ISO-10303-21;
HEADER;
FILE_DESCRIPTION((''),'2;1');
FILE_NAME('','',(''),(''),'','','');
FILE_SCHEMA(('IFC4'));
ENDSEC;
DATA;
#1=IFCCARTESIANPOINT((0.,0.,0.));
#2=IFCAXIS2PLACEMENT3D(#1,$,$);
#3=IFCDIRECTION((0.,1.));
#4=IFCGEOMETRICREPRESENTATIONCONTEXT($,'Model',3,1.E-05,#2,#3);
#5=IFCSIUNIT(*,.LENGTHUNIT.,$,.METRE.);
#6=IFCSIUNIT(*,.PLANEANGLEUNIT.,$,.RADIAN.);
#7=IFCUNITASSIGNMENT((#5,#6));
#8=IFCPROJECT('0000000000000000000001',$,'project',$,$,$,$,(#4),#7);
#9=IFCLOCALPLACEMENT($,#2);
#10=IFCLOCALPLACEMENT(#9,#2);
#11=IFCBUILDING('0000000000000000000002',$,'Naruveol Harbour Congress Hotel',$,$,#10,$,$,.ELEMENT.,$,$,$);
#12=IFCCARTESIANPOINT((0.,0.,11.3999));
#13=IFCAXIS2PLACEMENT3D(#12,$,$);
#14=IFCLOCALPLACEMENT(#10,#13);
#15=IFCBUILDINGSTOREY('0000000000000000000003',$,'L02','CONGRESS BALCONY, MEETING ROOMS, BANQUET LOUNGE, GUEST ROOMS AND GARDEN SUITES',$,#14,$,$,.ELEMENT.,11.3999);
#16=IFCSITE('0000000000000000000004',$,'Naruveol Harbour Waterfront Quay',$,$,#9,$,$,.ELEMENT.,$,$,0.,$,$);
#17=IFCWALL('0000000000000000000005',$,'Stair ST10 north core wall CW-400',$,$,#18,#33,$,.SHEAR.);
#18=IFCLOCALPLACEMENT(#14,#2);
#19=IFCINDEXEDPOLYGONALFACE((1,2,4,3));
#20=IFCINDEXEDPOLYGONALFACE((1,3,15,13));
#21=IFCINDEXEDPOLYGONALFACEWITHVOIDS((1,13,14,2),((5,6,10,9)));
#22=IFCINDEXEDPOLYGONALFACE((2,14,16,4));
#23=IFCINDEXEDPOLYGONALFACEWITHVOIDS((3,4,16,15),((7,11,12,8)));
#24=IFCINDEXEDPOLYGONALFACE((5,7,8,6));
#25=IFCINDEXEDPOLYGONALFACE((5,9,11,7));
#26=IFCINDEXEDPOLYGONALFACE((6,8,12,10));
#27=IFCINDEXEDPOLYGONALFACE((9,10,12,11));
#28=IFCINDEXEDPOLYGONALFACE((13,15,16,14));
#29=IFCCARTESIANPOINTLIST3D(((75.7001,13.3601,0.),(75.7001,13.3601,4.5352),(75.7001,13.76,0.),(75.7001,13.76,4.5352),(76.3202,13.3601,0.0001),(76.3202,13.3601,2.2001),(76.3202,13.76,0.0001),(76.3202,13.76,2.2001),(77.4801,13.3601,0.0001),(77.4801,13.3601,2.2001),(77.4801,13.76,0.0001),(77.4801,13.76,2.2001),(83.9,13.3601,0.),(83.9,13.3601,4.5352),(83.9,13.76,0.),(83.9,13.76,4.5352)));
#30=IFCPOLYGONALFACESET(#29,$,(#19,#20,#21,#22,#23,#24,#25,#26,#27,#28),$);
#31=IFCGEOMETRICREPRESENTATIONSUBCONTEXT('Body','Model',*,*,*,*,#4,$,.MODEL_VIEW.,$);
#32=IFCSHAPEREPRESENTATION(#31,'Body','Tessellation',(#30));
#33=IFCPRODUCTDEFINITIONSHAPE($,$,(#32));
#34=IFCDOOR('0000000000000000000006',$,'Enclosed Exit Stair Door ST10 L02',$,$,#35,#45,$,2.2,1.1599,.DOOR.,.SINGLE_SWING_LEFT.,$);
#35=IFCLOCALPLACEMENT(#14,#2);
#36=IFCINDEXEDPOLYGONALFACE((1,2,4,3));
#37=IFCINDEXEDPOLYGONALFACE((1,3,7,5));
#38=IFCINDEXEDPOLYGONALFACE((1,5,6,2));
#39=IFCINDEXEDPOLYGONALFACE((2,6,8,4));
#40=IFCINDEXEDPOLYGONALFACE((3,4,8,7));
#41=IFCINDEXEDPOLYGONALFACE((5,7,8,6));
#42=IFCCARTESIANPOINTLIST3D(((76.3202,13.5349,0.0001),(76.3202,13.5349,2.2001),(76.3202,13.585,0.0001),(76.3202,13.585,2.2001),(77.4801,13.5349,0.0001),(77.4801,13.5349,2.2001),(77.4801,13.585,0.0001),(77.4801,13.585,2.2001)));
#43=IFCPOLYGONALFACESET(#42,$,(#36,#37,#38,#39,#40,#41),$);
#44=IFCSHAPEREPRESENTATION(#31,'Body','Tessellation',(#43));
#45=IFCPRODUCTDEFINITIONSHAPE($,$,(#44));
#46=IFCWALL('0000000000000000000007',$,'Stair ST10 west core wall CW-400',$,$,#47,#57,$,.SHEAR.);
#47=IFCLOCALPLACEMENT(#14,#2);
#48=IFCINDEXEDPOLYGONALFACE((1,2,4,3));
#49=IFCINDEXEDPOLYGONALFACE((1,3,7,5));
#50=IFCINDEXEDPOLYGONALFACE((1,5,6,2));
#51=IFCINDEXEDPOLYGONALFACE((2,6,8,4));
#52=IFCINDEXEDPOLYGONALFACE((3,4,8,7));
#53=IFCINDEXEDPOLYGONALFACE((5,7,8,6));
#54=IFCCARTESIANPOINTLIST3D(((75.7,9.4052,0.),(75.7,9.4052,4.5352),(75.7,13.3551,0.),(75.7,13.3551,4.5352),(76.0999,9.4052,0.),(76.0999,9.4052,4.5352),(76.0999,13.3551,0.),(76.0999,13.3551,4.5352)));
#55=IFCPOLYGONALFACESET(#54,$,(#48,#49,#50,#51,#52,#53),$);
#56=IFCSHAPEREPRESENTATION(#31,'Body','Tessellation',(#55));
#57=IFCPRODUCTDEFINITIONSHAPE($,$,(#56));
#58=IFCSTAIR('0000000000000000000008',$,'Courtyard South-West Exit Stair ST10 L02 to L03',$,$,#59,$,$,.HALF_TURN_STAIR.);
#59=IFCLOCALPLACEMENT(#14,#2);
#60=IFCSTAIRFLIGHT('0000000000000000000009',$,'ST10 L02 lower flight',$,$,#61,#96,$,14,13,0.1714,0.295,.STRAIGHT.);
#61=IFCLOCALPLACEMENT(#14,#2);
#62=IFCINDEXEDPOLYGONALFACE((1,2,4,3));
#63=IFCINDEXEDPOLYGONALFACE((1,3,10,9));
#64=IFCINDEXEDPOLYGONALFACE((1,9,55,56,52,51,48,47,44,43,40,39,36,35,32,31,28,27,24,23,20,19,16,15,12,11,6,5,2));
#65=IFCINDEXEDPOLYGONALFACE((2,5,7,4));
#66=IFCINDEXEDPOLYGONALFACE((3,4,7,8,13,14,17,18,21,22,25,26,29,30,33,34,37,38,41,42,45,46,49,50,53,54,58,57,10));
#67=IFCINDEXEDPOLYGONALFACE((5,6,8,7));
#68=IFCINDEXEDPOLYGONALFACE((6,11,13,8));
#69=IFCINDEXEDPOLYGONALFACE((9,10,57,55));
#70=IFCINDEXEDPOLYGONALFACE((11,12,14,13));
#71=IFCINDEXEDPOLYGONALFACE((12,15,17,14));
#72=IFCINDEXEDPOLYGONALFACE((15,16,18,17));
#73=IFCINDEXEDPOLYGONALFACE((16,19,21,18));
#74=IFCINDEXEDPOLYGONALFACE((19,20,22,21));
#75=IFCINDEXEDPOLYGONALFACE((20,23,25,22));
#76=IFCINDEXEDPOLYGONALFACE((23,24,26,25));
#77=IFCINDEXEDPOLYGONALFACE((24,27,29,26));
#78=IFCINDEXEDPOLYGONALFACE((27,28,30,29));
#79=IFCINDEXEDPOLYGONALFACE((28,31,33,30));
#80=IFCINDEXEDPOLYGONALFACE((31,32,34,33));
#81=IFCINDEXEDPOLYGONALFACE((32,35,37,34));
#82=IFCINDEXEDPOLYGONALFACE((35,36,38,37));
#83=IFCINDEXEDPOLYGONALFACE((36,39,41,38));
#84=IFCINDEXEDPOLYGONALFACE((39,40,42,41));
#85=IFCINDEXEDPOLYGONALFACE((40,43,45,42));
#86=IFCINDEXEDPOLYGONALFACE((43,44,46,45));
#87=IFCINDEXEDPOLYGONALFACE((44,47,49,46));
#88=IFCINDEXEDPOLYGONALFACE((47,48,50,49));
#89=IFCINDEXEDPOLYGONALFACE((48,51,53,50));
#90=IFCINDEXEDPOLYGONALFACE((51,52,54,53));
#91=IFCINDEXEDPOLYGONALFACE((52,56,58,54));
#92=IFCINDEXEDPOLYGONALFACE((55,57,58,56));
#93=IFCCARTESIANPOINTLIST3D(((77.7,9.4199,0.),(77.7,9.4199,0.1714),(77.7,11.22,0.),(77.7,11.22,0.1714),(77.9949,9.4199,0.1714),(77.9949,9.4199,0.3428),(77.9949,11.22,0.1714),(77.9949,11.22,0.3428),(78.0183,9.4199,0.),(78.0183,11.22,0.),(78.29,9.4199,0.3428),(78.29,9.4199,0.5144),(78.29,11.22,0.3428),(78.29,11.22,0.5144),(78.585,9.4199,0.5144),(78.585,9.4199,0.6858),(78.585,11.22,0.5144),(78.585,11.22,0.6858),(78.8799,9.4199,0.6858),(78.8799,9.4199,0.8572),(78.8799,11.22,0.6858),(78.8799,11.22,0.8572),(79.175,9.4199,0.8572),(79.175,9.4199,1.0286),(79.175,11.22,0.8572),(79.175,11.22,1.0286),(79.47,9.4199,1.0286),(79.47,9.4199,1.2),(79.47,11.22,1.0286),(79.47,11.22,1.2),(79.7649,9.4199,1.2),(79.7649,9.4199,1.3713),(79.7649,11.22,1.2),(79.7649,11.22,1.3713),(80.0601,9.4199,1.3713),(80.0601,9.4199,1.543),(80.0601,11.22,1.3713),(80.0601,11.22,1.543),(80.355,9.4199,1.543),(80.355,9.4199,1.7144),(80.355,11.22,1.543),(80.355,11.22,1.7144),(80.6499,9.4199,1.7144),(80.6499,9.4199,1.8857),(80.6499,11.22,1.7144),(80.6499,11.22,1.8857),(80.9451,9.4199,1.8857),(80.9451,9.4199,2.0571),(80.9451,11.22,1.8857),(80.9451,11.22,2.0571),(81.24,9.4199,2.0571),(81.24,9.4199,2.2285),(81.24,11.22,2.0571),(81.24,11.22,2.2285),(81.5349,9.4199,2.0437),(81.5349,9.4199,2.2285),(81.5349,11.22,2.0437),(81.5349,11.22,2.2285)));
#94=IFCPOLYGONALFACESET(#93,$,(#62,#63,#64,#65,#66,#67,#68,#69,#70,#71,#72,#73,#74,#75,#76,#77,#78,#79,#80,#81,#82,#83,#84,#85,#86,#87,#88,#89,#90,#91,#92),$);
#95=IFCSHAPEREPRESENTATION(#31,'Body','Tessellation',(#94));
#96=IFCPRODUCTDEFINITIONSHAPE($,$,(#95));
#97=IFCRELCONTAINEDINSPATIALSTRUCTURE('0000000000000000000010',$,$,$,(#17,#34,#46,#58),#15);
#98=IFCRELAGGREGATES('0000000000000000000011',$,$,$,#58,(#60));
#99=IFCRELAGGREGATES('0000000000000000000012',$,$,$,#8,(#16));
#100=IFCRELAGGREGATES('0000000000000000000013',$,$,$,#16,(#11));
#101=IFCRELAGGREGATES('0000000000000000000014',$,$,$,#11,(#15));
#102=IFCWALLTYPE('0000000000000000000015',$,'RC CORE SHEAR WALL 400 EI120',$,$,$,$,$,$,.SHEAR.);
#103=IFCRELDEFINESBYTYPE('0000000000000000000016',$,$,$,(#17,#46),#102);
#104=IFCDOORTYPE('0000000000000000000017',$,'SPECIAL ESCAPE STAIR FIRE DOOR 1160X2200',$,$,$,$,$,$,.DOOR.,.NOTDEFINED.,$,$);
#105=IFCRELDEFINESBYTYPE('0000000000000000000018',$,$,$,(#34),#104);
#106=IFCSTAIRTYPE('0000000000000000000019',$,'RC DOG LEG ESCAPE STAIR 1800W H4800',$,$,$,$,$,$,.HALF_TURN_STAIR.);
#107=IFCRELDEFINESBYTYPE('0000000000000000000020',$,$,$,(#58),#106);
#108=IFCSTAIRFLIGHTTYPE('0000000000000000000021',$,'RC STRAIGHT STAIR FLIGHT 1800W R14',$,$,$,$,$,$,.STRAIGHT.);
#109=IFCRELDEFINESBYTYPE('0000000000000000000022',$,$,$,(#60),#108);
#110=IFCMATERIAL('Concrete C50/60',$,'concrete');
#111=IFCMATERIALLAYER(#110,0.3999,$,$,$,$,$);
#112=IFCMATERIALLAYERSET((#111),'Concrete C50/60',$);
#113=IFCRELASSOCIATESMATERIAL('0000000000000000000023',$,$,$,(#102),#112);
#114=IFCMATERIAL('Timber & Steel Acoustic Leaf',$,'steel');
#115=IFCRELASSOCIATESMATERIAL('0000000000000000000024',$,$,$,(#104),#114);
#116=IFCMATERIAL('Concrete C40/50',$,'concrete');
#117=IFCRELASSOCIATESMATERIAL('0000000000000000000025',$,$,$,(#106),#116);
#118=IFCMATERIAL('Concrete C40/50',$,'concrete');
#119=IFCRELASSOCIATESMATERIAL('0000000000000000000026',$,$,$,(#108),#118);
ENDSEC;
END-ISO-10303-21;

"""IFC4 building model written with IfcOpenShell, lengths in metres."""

from ifc_helpers import new_model, si_unit, direction, frame, frame_2d, origin, place, context, subcontext, project, spatial, polyline, rectangle, outline, extrude, material, layer, layer_set, type_object, element, fill, aggregate, save


model = new_model("IFC4")

# Units and contexts
model_context = context("Model", 3, precision=1e-05, world=origin(), true_north=direction((0.0, 1.0)))
body_context = subcontext(model_context, "Body", "Model", "MODEL_VIEW")
ifc_project = project(units=[si_unit("LENGTHUNIT", "METRE"), si_unit("PLANEANGLEUNIT", "RADIAN")], contexts=[model_context])

# Site, building, storey
site_placement = place(None, origin())
site = spatial("IfcSite", under=ifc_project, at=site_placement, Name="Naruveol Harbour Waterfront Quay", CompositionType="ELEMENT", RefElevation=0.0)
building_placement = place(site_placement, origin())
building = spatial("IfcBuilding", under=site, at=building_placement, Name="Naruveol Harbour Congress Hotel", CompositionType="ELEMENT")
storey_placement = place(building_placement, frame((0.0, 0.0, 11.3999)))
storey = spatial("IfcBuildingStorey", under=building, at=storey_placement, Name="L02", Description="CONGRESS BALCONY, MEETING ROOMS, BANQUET LOUNGE, GUEST ROOMS AND GARDEN SUITES", CompositionType="ELEMENT", Elevation=11.3999)

# Shared definitions
ifc_material_1 = material(Name="Concrete C50/60", Category="concrete")
ifc_layer_1 = layer(ifc_material_1, 0.3999)
ifc_layer_set_1 = layer_set([ifc_layer_1], Name="Concrete C50/60")
wall_type_1 = type_object("IfcWallType", Name="RC CORE SHEAR WALL 400 EI120", PredefinedType="SHEAR", material=ifc_layer_set_1)

# Wall, opening, door
wall_1_placement = place(storey_placement, frame((75.7, 13.5601, 0.0), z_axis=(0.0, 0.0, 1.0), x_axis=(1.0, 0.0, 0.0)))
wall_1 = element("IfcWall", 1, at=wall_1_placement, inside=storey, type_object=wall_type_1, Name="Stair ST10 north core wall CW-400", PredefinedType="SHEAR", context=body_context, shape_type="SweptSolid", body=[
    extrude(rectangle(XDim=8.2, YDim=0.3999, at=frame_2d((4.1001, 0.0))), origin(), (0.0, 0.0, 1.0), 4.5352),
])
opening_1_placement = place(wall_1_placement, frame((0.6201, 0.0, 0.0)))
opening_1 = element("IfcOpeningElement", 2, at=opening_1_placement, cuts=wall_1, PredefinedType="OPENING", context=body_context, shape_type="SweptSolid", body=[
    extrude(rectangle(XDim=1.1599, YDim=2.2, at=frame_2d((0.5801, 1.1001))), frame((0.0, 0.21, 0.0), z_axis=(0.0, -1.0, 0.0), x_axis=(1.0, 0.0, 0.0)), (0.0, 0.0, 1.0), 0.4199),
])
ifc_material_2 = material(Name="Timber & Steel Acoustic Leaf", Category="steel")
door_type_1 = type_object("IfcDoorType", Name="SPECIAL ESCAPE STAIR FIRE DOOR 1160X2200", OperationType="NOTDEFINED", PredefinedType="DOOR", material=ifc_material_2)
door_1_placement = place(opening_1_placement, origin())
door_1 = element("IfcDoor", 3, at=door_1_placement, inside=storey, type_object=door_type_1, Name="Enclosed Exit Stair Door ST10 L02", OperationType="SINGLE_SWING_LEFT", OverallHeight=2.2, OverallWidth=1.1599, PredefinedType="DOOR", context=body_context, shape_type="SweptSolid", body=[
    extrude(rectangle(XDim=1.1599, YDim=2.2, at=frame_2d((0.5801, 1.1001))), frame((0.0, 0.0249, 0.0), z_axis=(0.0, -1.0, 0.0), x_axis=(1.0, 0.0, 0.0)), (0.0, 0.0, 1.0), 0.05),
])
fill(opening_1, door_1)

# Wall
wall_2_placement = place(storey_placement, frame((75.8999, 9.405, 0.0), z_axis=(0.0, 0.0, 1.0), x_axis=(0.0, 1.0, 0.0)))
element("IfcWall", 4, at=wall_2_placement, inside=storey, type_object=wall_type_1, Name="Stair ST10 west core wall CW-400", PredefinedType="SHEAR", context=body_context, shape_type="SweptSolid", body=[
    extrude(rectangle(XDim=3.95, YDim=0.3999, at=frame_2d((1.9751, 0.0))), origin(), (0.0, 0.0, 1.0), 4.5352),
])

# Stair, stair flight
ifc_material_3 = material(Name="Concrete C40/50", Category="concrete")
stair_type = type_object("IfcStairType", Name="RC DOG LEG ESCAPE STAIR 1800W H4800", PredefinedType="HALF_TURN_STAIR", material=ifc_material_3)
stair_placement = place(storey_placement, origin())
stair = element("IfcStair", 5, at=stair_placement, inside=storey, type_object=stair_type, Name="Courtyard South-West Exit Stair ST10 L02 to L03", PredefinedType="HALF_TURN_STAIR")
ifc_material_4 = material(Name="Concrete C40/50", Category="concrete")
stair_flight_type = type_object("IfcStairFlightType", Name="RC STRAIGHT STAIR FLIGHT 1800W R14", PredefinedType="STRAIGHT", material=ifc_material_4)
stair_flight_placement = place(storey_placement, frame((77.7, 10.3201, 0.0), z_axis=(0.0, 0.0, 1.0), x_axis=(1.0, 0.0, 0.0)))
stair_flight = element("IfcStairFlight", 6, at=stair_flight_placement, type_object=stair_flight_type, Name="ST10 L02 lower flight", NumberOfRisers=14, NumberOfTreads=13, PredefinedType="STRAIGHT", RiserHeight=0.1714, TreadLength=0.295, context=body_context, shape_type="SweptSolid", body=[
    extrude(outline(polyline([(0.0, 0.0), (0.0, 0.1714), (0.2949, 0.1714), (0.2949, 0.3428), (0.5901, 0.3428), (0.5901, 0.5144), (0.885, 0.5144), (0.885, 0.6858), (1.1799, 0.6858), (1.1799, 0.8572), (1.4751, 0.8572), (1.4751, 1.0286), (1.77, 1.0286), (1.77, 1.2), (2.0649, 1.2), (2.0649, 1.3713), (2.3601, 1.3713), (2.3601, 1.543), (2.655, 1.543), (2.655, 1.7144), (2.95, 1.7144), (2.95, 1.8857), (3.2451, 1.8857), (3.2451, 2.0571), (3.54, 2.0571), (3.54, 2.2285), (3.835, 2.2285), (3.835, 2.3999), (3.835, 2.0437), (0.3184, 0.0), (0.0, 0.0)])), frame((0.0, 0.8999, 0.0), z_axis=(0.0, -1.0, 0.0), x_axis=(1.0, 0.0, 0.0)), (0.0, 0.0, 1.0), 1.8),
])
aggregate(stair, [stair_flight])

save(model, "model.ifc")
